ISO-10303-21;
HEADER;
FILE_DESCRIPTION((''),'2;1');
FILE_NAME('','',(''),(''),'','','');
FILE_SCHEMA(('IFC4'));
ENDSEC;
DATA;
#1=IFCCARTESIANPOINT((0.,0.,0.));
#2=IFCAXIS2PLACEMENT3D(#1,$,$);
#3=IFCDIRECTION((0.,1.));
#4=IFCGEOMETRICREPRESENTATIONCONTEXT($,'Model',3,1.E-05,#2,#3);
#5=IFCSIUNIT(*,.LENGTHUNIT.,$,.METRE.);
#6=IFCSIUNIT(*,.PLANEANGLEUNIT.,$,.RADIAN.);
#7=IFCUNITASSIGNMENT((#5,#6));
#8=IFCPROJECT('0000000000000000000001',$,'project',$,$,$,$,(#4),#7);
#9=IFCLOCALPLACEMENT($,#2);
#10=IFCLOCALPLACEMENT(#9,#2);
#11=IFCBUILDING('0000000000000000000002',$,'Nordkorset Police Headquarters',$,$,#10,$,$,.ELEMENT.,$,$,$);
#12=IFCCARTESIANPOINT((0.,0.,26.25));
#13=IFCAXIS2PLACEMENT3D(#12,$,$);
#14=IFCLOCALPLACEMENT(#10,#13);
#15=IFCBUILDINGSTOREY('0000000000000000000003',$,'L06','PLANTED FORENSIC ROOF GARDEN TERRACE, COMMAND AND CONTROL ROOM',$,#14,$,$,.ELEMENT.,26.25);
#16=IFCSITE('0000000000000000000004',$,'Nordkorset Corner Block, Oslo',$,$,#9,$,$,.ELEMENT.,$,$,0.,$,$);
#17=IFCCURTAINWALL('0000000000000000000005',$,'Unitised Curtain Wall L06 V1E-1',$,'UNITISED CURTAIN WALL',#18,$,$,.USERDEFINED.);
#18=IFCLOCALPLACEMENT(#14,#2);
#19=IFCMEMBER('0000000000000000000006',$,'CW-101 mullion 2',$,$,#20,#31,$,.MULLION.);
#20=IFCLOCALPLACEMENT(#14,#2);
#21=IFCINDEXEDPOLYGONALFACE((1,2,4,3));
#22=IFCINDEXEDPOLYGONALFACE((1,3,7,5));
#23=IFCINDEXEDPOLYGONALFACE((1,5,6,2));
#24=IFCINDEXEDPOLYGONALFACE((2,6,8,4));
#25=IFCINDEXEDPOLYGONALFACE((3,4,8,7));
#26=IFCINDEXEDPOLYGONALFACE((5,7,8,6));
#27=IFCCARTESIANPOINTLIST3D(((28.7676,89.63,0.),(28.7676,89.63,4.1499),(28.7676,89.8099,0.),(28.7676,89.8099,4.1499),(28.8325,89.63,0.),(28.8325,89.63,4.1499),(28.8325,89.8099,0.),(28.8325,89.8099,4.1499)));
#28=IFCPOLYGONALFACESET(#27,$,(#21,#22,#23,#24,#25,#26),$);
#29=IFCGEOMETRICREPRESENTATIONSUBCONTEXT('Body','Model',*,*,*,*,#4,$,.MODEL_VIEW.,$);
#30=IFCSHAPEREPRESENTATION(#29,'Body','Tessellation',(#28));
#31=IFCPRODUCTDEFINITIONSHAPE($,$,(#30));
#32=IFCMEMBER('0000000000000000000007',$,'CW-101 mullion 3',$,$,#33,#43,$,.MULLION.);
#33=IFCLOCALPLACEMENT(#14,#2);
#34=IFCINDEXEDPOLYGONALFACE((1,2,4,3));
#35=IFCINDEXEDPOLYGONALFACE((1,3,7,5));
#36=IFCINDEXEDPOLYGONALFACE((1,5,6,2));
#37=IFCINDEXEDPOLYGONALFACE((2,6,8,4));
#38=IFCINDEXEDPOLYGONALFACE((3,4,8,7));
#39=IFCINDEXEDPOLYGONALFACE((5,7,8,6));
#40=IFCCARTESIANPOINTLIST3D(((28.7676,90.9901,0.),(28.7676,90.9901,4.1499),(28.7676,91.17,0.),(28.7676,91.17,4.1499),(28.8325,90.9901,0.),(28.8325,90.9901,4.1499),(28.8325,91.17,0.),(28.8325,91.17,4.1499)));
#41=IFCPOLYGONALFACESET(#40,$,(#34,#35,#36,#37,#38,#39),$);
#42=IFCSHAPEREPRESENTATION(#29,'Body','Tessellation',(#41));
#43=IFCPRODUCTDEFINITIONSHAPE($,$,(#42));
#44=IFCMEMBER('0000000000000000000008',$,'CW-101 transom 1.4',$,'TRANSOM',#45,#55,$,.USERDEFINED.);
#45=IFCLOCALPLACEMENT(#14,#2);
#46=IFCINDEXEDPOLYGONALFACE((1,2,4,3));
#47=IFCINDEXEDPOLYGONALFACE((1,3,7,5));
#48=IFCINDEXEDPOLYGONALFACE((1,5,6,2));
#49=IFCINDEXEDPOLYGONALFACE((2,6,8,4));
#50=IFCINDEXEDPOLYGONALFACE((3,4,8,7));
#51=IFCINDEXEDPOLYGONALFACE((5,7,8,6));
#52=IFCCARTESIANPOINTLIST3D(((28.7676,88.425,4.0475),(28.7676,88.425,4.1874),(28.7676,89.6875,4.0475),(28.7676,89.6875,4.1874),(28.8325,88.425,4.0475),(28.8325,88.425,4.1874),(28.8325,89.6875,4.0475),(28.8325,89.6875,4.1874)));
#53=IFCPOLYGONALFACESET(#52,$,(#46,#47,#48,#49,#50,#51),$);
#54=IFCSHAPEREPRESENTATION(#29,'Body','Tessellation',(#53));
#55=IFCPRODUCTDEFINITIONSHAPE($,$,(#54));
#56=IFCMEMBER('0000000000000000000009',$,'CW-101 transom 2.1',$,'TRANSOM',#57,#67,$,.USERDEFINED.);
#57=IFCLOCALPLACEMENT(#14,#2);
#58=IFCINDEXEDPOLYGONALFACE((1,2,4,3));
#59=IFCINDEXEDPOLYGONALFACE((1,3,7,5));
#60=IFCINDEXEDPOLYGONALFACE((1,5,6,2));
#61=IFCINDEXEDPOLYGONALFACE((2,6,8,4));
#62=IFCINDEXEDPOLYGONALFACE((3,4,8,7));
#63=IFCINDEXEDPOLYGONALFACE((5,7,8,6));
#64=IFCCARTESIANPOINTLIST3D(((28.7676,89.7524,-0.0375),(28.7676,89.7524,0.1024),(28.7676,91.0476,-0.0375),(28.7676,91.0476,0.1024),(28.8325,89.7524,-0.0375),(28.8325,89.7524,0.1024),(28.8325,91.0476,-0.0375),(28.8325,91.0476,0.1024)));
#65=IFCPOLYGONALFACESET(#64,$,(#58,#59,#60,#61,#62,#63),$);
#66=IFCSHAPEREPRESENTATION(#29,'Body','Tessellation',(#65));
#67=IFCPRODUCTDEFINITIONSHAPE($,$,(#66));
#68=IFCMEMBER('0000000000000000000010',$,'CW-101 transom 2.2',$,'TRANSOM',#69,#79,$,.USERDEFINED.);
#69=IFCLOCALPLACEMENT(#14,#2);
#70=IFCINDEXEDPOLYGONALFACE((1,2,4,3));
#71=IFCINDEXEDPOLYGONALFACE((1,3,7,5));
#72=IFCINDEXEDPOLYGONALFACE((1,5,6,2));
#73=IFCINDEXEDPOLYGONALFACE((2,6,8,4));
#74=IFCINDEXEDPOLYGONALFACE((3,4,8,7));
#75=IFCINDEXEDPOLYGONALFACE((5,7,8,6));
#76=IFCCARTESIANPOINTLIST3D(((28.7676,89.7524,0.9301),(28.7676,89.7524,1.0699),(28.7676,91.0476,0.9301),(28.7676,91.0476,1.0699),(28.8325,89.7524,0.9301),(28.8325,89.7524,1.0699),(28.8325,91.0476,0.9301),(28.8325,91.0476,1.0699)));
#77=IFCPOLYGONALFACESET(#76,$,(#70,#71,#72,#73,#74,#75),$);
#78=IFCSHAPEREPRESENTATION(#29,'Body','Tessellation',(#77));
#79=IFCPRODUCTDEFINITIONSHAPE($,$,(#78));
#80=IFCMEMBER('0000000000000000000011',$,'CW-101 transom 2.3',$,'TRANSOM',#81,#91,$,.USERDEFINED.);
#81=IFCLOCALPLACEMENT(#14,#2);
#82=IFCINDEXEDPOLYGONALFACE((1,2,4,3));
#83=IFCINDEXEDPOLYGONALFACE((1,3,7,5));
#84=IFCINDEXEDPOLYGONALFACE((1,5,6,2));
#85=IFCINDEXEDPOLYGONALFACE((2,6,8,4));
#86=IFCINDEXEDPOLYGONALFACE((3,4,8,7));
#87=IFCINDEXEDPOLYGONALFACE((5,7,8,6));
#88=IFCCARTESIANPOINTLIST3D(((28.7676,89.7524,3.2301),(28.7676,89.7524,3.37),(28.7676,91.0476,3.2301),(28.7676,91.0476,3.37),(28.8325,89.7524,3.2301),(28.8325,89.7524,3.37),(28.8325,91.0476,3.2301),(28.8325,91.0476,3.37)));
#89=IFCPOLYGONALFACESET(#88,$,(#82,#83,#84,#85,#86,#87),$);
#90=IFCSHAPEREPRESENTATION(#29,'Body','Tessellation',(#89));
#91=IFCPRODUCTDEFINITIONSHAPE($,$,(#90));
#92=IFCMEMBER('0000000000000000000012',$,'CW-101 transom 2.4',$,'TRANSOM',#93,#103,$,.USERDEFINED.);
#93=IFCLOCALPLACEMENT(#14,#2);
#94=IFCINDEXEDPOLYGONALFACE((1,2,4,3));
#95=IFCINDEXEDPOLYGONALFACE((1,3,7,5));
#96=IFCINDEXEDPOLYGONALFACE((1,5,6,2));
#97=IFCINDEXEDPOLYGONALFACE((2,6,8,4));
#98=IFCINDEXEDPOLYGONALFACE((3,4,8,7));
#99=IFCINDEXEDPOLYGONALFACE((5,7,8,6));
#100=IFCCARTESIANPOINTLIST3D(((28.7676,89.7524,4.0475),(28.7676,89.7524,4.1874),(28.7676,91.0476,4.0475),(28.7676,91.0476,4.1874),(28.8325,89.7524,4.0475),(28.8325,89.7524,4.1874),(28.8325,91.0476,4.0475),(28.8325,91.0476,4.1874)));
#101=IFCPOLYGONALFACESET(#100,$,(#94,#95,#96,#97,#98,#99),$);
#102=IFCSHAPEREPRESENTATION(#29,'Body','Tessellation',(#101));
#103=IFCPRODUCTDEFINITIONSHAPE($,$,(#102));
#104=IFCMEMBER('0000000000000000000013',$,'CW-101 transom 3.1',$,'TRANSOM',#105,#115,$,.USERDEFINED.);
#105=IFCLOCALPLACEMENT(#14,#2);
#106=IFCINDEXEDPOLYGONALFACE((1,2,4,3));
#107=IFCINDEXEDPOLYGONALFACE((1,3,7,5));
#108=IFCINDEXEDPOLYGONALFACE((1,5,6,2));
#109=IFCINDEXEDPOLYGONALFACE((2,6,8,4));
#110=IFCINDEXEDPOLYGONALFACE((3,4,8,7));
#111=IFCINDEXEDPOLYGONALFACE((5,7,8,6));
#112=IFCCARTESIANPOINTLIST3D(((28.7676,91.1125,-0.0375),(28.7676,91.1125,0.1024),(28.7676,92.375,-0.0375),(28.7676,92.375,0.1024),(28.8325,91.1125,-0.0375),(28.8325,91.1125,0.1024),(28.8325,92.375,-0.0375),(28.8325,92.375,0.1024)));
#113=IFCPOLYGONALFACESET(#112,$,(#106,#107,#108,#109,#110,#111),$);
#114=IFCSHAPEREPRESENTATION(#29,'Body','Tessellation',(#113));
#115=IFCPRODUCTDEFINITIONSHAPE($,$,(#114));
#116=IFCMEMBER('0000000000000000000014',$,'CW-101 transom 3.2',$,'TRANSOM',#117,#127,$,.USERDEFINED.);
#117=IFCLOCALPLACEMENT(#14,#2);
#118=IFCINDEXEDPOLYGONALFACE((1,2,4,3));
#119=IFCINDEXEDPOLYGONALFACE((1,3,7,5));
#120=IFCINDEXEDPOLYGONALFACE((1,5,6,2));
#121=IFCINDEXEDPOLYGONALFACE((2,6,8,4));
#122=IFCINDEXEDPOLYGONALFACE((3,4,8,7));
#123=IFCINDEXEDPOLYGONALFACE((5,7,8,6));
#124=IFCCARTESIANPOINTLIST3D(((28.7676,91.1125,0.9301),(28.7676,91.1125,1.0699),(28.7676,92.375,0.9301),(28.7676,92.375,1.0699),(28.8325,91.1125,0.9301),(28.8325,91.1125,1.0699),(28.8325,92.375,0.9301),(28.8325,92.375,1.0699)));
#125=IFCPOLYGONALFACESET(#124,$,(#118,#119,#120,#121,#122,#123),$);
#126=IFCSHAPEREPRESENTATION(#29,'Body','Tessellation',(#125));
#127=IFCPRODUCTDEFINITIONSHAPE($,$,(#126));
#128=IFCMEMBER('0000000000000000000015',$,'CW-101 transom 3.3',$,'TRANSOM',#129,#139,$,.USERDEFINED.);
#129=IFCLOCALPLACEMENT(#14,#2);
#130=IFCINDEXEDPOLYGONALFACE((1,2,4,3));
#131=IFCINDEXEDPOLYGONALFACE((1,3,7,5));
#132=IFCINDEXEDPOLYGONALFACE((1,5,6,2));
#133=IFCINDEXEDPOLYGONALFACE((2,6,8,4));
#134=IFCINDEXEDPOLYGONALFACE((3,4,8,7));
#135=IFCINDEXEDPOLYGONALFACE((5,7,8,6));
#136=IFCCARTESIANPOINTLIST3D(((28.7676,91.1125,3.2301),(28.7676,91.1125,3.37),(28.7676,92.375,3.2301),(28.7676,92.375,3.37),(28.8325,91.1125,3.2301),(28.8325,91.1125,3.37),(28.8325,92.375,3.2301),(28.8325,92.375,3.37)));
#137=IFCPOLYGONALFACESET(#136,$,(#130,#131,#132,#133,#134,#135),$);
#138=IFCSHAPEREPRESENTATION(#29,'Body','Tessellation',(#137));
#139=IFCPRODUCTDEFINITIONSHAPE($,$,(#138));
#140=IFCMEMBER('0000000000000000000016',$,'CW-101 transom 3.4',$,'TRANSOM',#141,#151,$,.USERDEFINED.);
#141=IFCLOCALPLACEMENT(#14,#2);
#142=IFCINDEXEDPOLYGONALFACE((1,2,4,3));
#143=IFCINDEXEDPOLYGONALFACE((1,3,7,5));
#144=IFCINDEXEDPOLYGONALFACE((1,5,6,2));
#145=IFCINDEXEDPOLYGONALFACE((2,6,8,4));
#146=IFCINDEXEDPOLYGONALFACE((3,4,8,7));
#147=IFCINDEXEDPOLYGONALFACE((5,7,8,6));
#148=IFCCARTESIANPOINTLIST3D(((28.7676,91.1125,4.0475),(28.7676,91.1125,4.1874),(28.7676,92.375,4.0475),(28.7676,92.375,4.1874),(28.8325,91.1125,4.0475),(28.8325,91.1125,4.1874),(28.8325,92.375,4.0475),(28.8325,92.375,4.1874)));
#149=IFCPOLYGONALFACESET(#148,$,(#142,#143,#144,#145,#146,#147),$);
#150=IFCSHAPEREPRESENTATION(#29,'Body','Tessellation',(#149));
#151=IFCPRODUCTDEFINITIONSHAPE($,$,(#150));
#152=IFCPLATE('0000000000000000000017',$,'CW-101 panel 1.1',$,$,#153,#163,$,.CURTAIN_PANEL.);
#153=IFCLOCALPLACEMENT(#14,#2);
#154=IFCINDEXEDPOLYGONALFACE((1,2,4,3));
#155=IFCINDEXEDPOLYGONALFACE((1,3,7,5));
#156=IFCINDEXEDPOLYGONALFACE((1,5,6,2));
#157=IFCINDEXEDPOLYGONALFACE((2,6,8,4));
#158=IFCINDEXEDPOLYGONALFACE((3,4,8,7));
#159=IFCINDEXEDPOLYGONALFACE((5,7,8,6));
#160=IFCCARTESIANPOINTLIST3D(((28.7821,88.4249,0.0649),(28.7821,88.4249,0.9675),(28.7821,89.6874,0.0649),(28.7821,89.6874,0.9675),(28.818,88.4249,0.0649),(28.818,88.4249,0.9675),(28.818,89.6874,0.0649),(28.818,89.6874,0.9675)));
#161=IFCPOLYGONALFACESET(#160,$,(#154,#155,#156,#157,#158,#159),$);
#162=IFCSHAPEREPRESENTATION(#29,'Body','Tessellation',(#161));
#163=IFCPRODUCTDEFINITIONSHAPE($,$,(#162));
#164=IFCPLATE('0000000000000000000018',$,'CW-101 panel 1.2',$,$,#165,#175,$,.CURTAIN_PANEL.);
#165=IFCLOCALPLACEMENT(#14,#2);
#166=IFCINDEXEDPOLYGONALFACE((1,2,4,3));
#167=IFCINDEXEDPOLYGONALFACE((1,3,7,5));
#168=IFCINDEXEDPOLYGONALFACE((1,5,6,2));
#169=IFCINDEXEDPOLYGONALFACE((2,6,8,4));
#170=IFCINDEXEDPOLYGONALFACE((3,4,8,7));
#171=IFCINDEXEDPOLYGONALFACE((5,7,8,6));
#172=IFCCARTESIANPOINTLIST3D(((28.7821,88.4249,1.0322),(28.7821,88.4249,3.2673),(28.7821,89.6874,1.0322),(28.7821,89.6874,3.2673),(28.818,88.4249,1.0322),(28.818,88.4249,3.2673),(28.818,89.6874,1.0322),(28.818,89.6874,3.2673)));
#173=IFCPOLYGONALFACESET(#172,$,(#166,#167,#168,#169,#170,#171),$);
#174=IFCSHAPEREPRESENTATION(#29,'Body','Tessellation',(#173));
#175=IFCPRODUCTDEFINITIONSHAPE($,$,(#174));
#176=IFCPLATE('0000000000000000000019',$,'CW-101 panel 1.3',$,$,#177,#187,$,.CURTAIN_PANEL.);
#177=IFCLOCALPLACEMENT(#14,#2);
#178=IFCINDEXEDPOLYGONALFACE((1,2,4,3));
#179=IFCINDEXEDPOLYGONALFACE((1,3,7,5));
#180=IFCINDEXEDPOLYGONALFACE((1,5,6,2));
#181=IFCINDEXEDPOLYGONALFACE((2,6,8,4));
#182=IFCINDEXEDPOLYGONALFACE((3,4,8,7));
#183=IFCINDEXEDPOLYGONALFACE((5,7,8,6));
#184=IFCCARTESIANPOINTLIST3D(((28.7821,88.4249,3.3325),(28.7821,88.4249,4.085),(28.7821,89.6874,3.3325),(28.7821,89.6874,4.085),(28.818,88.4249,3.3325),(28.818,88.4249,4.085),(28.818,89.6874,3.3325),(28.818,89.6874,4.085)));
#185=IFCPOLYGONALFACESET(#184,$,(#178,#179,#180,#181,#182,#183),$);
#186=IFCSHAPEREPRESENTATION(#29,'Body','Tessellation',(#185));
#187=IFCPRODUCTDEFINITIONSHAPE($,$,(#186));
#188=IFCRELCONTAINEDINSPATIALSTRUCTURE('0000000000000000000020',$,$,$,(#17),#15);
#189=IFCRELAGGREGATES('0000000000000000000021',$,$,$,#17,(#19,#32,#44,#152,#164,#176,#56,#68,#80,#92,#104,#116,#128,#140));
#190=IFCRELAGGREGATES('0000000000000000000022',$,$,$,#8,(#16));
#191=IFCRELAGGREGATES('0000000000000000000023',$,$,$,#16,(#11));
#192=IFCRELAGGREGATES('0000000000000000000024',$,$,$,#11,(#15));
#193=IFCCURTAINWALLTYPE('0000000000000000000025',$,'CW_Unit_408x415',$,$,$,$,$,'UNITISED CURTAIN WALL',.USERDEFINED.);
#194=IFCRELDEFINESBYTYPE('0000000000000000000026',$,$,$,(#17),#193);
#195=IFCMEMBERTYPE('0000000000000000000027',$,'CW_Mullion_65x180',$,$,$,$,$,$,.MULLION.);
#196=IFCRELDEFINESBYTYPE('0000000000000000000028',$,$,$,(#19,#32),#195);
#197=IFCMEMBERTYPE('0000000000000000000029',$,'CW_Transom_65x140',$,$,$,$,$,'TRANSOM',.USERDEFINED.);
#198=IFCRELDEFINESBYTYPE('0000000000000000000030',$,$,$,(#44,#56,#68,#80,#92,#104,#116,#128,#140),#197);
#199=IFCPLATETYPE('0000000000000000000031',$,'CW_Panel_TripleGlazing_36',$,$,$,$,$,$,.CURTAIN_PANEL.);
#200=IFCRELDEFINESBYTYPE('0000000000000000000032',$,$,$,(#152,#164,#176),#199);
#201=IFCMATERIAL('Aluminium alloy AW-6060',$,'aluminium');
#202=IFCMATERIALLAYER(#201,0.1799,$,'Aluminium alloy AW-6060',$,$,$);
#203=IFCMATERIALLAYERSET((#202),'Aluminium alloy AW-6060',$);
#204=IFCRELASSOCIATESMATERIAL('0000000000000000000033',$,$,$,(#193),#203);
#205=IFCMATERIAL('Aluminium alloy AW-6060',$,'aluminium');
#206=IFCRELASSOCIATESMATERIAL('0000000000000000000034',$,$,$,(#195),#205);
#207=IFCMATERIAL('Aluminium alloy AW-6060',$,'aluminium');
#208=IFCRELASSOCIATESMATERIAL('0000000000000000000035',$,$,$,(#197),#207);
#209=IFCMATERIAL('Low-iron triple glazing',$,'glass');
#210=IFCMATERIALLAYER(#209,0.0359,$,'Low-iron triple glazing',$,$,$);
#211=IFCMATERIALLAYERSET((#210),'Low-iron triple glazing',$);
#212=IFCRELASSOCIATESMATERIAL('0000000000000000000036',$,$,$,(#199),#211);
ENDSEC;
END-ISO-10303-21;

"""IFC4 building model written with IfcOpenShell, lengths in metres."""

from ifc_helpers import new_model, si_unit, direction, frame, origin, origin_2d, place, context, subcontext, project, spatial, rectangle, extrude, material, layer, layer_set, material_profile, profile_set, type_object, element, aggregate, save


model = new_model("IFC4")

# Units and contexts
model_context = context("Model", 3, precision=1e-05, world=origin(), true_north=direction((0.0, 1.0)))
body_context = subcontext(model_context, "Body", "Model", "MODEL_VIEW")
ifc_project = project(units=[si_unit("LENGTHUNIT", "METRE"), si_unit("PLANEANGLEUNIT", "RADIAN")], contexts=[model_context])

# Site, building, storey
site_placement = place(None, origin())
site = spatial("IfcSite", under=ifc_project, at=site_placement, Name="Nordkorset Corner Block, Oslo", CompositionType="ELEMENT", RefElevation=0.0)
building_placement = place(site_placement, origin())
building = spatial("IfcBuilding", under=site, at=building_placement, Name="Nordkorset Police Headquarters", CompositionType="ELEMENT")
storey_placement = place(building_placement, frame((0.0, 0.0, 26.25)))
storey = spatial("IfcBuildingStorey", under=building, at=storey_placement, Name="L06", Description="PLANTED FORENSIC ROOF GARDEN TERRACE, COMMAND AND CONTROL ROOM", CompositionType="ELEMENT", Elevation=26.25)

# Curtain wall, members, plates
ifc_material_1 = material(Name="Aluminium alloy AW-6060", Category="aluminium")
ifc_layer_1 = layer(ifc_material_1, 0.1799, Name="Aluminium alloy AW-6060")
ifc_layer_set_1 = layer_set([ifc_layer_1], Name="Aluminium alloy AW-6060")
curtain_wall_type = type_object("IfcCurtainWallType", Name="CW_Unit_408x415", ElementType="UNITISED CURTAIN WALL", PredefinedType="USERDEFINED", material=ifc_layer_set_1)
curtain_wall_placement = place(storey_placement, origin())
curtain_wall = element("IfcCurtainWall", 1, at=curtain_wall_placement, inside=storey, type_object=curtain_wall_type, Name="Unitised Curtain Wall L06 V1E-1", ObjectType="UNITISED CURTAIN WALL", PredefinedType="USERDEFINED")
ifc_material_2 = material(Name="Aluminium alloy AW-6060", Category="aluminium")
ifc_material_profile_1 = material_profile(ifc_material_2, rectangle(XDim=0.0649, YDim=0.1799, at=origin_2d()), Name="ALU MULL 65x180")
ifc_profile_set_1 = profile_set([ifc_material_profile_1], Name="Aluminium alloy AW-6060")
member_type_1 = type_object("IfcMemberType", Name="CW_Mullion_65x180", PredefinedType="MULLION", material=ifc_profile_set_1)
member_1_placement = place(storey_placement, frame((28.8, 89.72, 0.0), z_axis=(0.0, 0.0, 1.0), x_axis=(-1.0, 0.0, 0.0)))
member_1 = element("IfcMember", 2, at=member_1_placement, type_object=member_type_1, Name="CW-101 mullion 2", PredefinedType="MULLION", context=body_context, shape_type="SweptSolid", body=[
    extrude(rectangle(XDim=0.0649, YDim=0.1799, at=origin_2d()), origin(), (0.0, 0.0, 1.0), 4.1499),
])
member_2_placement = place(storey_placement, frame((28.8, 91.0801, 0.0), z_axis=(0.0, 0.0, 1.0), x_axis=(-1.0, 0.0, 0.0)))
member_2 = element("IfcMember", 3, at=member_2_placement, type_object=member_type_1, Name="CW-101 mullion 3", PredefinedType="MULLION", context=body_context, shape_type="SweptSolid", body=[
    extrude(rectangle(XDim=0.0649, YDim=0.1799, at=origin_2d()), origin(), (0.0, 0.0, 1.0), 4.1499),
])
ifc_material_3 = material(Name="Aluminium alloy AW-6060", Category="aluminium")
ifc_material_profile_2 = material_profile(ifc_material_3, rectangle(XDim=0.0649, YDim=0.1399, at=origin_2d()), Name="ALU TRAN 65x140")
ifc_profile_set_2 = profile_set([ifc_material_profile_2], Name="Aluminium alloy AW-6060")
member_type_2 = type_object("IfcMemberType", Name="CW_Transom_65x140", ElementType="TRANSOM", PredefinedType="USERDEFINED", material=ifc_profile_set_2)
member_3_placement = place(storey_placement, frame((28.8, 88.425, 4.1174), z_axis=(0.0, 1.0, 0.0), x_axis=(-1.0, 0.0, 0.0)))
member_3 = element("IfcMember", 4, at=member_3_placement, type_object=member_type_2, Name="CW-101 transom 1.4", ObjectType="TRANSOM", PredefinedType="USERDEFINED", context=body_context, shape_type="SweptSolid", body=[
    extrude(rectangle(XDim=0.0649, YDim=0.1399, at=origin_2d()), origin(), (0.0, 0.0, 1.0), 1.2625),
])
member_4_placement = place(storey_placement, frame((28.8, 89.7524, 0.0325), z_axis=(0.0, 1.0, 0.0), x_axis=(-1.0, 0.0, 0.0)))
member_4 = element("IfcMember", 5, at=member_4_placement, type_object=member_type_2, Name="CW-101 transom 2.1", ObjectType="TRANSOM", PredefinedType="USERDEFINED", context=body_context, shape_type="SweptSolid", body=[
    extrude(rectangle(XDim=0.0649, YDim=0.1399, at=origin_2d()), origin(), (0.0, 0.0, 1.0), 1.2952),
])
member_5_placement = place(storey_placement, frame((28.8, 89.7524, 1.0), z_axis=(0.0, 1.0, 0.0), x_axis=(-1.0, 0.0, 0.0)))
member_5 = element("IfcMember", 6, at=member_5_placement, type_object=member_type_2, Name="CW-101 transom 2.2", ObjectType="TRANSOM", PredefinedType="USERDEFINED", context=body_context, shape_type="SweptSolid", body=[
    extrude(rectangle(XDim=0.0649, YDim=0.1399, at=origin_2d()), origin(), (0.0, 0.0, 1.0), 1.2952),
])
member_6_placement = place(storey_placement, frame((28.8, 89.7524, 3.3), z_axis=(0.0, 1.0, 0.0), x_axis=(-1.0, 0.0, 0.0)))
member_6 = element("IfcMember", 7, at=member_6_placement, type_object=member_type_2, Name="CW-101 transom 2.3", ObjectType="TRANSOM", PredefinedType="USERDEFINED", context=body_context, shape_type="SweptSolid", body=[
    extrude(rectangle(XDim=0.0649, YDim=0.1399, at=origin_2d()), origin(), (0.0, 0.0, 1.0), 1.2952),
])
member_7_placement = place(storey_placement, frame((28.8, 89.7524, 4.1174), z_axis=(0.0, 1.0, 0.0), x_axis=(-1.0, 0.0, 0.0)))
member_7 = element("IfcMember", 8, at=member_7_placement, type_object=member_type_2, Name="CW-101 transom 2.4", ObjectType="TRANSOM", PredefinedType="USERDEFINED", context=body_context, shape_type="SweptSolid", body=[
    extrude(rectangle(XDim=0.0649, YDim=0.1399, at=origin_2d()), origin(), (0.0, 0.0, 1.0), 1.2952),
])
member_8_placement = place(storey_placement, frame((28.8, 91.1125, 0.0325), z_axis=(0.0, 1.0, 0.0), x_axis=(-1.0, 0.0, 0.0)))
member_8 = element("IfcMember", 9, at=member_8_placement, type_object=member_type_2, Name="CW-101 transom 3.1", ObjectType="TRANSOM", PredefinedType="USERDEFINED", context=body_context, shape_type="SweptSolid", body=[
    extrude(rectangle(XDim=0.0649, YDim=0.1399, at=origin_2d()), origin(), (0.0, 0.0, 1.0), 1.2625),
])
member_9_placement = place(storey_placement, frame((28.8, 91.1125, 1.0), z_axis=(0.0, 1.0, 0.0), x_axis=(-1.0, 0.0, 0.0)))
member_9 = element("IfcMember", 10, at=member_9_placement, type_object=member_type_2, Name="CW-101 transom 3.2", ObjectType="TRANSOM", PredefinedType="USERDEFINED", context=body_context, shape_type="SweptSolid", body=[
    extrude(rectangle(XDim=0.0649, YDim=0.1399, at=origin_2d()), origin(), (0.0, 0.0, 1.0), 1.2625),
])
member_10_placement = place(storey_placement, frame((28.8, 91.1125, 3.3), z_axis=(0.0, 1.0, 0.0), x_axis=(-1.0, 0.0, 0.0)))
member_10 = element("IfcMember", 11, at=member_10_placement, type_object=member_type_2, Name="CW-101 transom 3.3", ObjectType="TRANSOM", PredefinedType="USERDEFINED", context=body_context, shape_type="SweptSolid", body=[
    extrude(rectangle(XDim=0.0649, YDim=0.1399, at=origin_2d()), origin(), (0.0, 0.0, 1.0), 1.2625),
])
member_11_placement = place(storey_placement, frame((28.8, 91.1125, 4.1174), z_axis=(0.0, 1.0, 0.0), x_axis=(-1.0, 0.0, 0.0)))
member_11 = element("IfcMember", 12, at=member_11_placement, type_object=member_type_2, Name="CW-101 transom 3.4", ObjectType="TRANSOM", PredefinedType="USERDEFINED", context=body_context, shape_type="SweptSolid", body=[
    extrude(rectangle(XDim=0.0649, YDim=0.1399, at=origin_2d()), origin(), (0.0, 0.0, 1.0), 1.2625),
])
ifc_material_4 = material(Name="Low-iron triple glazing", Category="glass")
ifc_layer_2 = layer(ifc_material_4, 0.0359, Name="Low-iron triple glazing")
ifc_layer_set_2 = layer_set([ifc_layer_2], Name="Low-iron triple glazing")
plate_type = type_object("IfcPlateType", Name="CW_Panel_TripleGlazing_36", PredefinedType="CURTAIN_PANEL", material=ifc_layer_set_2)
plate_1_placement = place(storey_placement, frame((28.8, 89.0562, 0.0649), z_axis=(0.0, 0.0, 1.0), x_axis=(0.0, 1.0, 0.0)))
plate_1 = element("IfcPlate", 13, at=plate_1_placement, type_object=plate_type, Name="CW-101 panel 1.1", PredefinedType="CURTAIN_PANEL", context=body_context, shape_type="SweptSolid", body=[
    extrude(rectangle(XDim=1.2625, YDim=0.0359, at=origin_2d()), origin(), (0.0, 0.0, 1.0), 0.9026),
])
plate_2_placement = place(storey_placement, frame((28.8, 89.0562, 1.0322), z_axis=(0.0, 0.0, 1.0), x_axis=(0.0, 1.0, 0.0)))
plate_2 = element("IfcPlate", 14, at=plate_2_placement, type_object=plate_type, Name="CW-101 panel 1.2", PredefinedType="CURTAIN_PANEL", context=body_context, shape_type="SweptSolid", body=[
    extrude(rectangle(XDim=1.2625, YDim=0.0359, at=origin_2d()), origin(), (0.0, 0.0, 1.0), 2.2351),
])
plate_3_placement = place(storey_placement, frame((28.8, 89.0562, 3.3325), z_axis=(0.0, 0.0, 1.0), x_axis=(0.0, 1.0, 0.0)))
plate_3 = element("IfcPlate", 15, at=plate_3_placement, type_object=plate_type, Name="CW-101 panel 1.3", PredefinedType="CURTAIN_PANEL", context=body_context, shape_type="SweptSolid", body=[
    extrude(rectangle(XDim=1.2625, YDim=0.0359, at=origin_2d()), origin(), (0.0, 0.0, 1.0), 0.7524),
])
aggregate(curtain_wall, [member_1, member_2, member_3, plate_1, plate_2, plate_3, member_4, member_5, member_6, member_7, member_8, member_9, member_10, member_11])

save(model, "model.ifc")
